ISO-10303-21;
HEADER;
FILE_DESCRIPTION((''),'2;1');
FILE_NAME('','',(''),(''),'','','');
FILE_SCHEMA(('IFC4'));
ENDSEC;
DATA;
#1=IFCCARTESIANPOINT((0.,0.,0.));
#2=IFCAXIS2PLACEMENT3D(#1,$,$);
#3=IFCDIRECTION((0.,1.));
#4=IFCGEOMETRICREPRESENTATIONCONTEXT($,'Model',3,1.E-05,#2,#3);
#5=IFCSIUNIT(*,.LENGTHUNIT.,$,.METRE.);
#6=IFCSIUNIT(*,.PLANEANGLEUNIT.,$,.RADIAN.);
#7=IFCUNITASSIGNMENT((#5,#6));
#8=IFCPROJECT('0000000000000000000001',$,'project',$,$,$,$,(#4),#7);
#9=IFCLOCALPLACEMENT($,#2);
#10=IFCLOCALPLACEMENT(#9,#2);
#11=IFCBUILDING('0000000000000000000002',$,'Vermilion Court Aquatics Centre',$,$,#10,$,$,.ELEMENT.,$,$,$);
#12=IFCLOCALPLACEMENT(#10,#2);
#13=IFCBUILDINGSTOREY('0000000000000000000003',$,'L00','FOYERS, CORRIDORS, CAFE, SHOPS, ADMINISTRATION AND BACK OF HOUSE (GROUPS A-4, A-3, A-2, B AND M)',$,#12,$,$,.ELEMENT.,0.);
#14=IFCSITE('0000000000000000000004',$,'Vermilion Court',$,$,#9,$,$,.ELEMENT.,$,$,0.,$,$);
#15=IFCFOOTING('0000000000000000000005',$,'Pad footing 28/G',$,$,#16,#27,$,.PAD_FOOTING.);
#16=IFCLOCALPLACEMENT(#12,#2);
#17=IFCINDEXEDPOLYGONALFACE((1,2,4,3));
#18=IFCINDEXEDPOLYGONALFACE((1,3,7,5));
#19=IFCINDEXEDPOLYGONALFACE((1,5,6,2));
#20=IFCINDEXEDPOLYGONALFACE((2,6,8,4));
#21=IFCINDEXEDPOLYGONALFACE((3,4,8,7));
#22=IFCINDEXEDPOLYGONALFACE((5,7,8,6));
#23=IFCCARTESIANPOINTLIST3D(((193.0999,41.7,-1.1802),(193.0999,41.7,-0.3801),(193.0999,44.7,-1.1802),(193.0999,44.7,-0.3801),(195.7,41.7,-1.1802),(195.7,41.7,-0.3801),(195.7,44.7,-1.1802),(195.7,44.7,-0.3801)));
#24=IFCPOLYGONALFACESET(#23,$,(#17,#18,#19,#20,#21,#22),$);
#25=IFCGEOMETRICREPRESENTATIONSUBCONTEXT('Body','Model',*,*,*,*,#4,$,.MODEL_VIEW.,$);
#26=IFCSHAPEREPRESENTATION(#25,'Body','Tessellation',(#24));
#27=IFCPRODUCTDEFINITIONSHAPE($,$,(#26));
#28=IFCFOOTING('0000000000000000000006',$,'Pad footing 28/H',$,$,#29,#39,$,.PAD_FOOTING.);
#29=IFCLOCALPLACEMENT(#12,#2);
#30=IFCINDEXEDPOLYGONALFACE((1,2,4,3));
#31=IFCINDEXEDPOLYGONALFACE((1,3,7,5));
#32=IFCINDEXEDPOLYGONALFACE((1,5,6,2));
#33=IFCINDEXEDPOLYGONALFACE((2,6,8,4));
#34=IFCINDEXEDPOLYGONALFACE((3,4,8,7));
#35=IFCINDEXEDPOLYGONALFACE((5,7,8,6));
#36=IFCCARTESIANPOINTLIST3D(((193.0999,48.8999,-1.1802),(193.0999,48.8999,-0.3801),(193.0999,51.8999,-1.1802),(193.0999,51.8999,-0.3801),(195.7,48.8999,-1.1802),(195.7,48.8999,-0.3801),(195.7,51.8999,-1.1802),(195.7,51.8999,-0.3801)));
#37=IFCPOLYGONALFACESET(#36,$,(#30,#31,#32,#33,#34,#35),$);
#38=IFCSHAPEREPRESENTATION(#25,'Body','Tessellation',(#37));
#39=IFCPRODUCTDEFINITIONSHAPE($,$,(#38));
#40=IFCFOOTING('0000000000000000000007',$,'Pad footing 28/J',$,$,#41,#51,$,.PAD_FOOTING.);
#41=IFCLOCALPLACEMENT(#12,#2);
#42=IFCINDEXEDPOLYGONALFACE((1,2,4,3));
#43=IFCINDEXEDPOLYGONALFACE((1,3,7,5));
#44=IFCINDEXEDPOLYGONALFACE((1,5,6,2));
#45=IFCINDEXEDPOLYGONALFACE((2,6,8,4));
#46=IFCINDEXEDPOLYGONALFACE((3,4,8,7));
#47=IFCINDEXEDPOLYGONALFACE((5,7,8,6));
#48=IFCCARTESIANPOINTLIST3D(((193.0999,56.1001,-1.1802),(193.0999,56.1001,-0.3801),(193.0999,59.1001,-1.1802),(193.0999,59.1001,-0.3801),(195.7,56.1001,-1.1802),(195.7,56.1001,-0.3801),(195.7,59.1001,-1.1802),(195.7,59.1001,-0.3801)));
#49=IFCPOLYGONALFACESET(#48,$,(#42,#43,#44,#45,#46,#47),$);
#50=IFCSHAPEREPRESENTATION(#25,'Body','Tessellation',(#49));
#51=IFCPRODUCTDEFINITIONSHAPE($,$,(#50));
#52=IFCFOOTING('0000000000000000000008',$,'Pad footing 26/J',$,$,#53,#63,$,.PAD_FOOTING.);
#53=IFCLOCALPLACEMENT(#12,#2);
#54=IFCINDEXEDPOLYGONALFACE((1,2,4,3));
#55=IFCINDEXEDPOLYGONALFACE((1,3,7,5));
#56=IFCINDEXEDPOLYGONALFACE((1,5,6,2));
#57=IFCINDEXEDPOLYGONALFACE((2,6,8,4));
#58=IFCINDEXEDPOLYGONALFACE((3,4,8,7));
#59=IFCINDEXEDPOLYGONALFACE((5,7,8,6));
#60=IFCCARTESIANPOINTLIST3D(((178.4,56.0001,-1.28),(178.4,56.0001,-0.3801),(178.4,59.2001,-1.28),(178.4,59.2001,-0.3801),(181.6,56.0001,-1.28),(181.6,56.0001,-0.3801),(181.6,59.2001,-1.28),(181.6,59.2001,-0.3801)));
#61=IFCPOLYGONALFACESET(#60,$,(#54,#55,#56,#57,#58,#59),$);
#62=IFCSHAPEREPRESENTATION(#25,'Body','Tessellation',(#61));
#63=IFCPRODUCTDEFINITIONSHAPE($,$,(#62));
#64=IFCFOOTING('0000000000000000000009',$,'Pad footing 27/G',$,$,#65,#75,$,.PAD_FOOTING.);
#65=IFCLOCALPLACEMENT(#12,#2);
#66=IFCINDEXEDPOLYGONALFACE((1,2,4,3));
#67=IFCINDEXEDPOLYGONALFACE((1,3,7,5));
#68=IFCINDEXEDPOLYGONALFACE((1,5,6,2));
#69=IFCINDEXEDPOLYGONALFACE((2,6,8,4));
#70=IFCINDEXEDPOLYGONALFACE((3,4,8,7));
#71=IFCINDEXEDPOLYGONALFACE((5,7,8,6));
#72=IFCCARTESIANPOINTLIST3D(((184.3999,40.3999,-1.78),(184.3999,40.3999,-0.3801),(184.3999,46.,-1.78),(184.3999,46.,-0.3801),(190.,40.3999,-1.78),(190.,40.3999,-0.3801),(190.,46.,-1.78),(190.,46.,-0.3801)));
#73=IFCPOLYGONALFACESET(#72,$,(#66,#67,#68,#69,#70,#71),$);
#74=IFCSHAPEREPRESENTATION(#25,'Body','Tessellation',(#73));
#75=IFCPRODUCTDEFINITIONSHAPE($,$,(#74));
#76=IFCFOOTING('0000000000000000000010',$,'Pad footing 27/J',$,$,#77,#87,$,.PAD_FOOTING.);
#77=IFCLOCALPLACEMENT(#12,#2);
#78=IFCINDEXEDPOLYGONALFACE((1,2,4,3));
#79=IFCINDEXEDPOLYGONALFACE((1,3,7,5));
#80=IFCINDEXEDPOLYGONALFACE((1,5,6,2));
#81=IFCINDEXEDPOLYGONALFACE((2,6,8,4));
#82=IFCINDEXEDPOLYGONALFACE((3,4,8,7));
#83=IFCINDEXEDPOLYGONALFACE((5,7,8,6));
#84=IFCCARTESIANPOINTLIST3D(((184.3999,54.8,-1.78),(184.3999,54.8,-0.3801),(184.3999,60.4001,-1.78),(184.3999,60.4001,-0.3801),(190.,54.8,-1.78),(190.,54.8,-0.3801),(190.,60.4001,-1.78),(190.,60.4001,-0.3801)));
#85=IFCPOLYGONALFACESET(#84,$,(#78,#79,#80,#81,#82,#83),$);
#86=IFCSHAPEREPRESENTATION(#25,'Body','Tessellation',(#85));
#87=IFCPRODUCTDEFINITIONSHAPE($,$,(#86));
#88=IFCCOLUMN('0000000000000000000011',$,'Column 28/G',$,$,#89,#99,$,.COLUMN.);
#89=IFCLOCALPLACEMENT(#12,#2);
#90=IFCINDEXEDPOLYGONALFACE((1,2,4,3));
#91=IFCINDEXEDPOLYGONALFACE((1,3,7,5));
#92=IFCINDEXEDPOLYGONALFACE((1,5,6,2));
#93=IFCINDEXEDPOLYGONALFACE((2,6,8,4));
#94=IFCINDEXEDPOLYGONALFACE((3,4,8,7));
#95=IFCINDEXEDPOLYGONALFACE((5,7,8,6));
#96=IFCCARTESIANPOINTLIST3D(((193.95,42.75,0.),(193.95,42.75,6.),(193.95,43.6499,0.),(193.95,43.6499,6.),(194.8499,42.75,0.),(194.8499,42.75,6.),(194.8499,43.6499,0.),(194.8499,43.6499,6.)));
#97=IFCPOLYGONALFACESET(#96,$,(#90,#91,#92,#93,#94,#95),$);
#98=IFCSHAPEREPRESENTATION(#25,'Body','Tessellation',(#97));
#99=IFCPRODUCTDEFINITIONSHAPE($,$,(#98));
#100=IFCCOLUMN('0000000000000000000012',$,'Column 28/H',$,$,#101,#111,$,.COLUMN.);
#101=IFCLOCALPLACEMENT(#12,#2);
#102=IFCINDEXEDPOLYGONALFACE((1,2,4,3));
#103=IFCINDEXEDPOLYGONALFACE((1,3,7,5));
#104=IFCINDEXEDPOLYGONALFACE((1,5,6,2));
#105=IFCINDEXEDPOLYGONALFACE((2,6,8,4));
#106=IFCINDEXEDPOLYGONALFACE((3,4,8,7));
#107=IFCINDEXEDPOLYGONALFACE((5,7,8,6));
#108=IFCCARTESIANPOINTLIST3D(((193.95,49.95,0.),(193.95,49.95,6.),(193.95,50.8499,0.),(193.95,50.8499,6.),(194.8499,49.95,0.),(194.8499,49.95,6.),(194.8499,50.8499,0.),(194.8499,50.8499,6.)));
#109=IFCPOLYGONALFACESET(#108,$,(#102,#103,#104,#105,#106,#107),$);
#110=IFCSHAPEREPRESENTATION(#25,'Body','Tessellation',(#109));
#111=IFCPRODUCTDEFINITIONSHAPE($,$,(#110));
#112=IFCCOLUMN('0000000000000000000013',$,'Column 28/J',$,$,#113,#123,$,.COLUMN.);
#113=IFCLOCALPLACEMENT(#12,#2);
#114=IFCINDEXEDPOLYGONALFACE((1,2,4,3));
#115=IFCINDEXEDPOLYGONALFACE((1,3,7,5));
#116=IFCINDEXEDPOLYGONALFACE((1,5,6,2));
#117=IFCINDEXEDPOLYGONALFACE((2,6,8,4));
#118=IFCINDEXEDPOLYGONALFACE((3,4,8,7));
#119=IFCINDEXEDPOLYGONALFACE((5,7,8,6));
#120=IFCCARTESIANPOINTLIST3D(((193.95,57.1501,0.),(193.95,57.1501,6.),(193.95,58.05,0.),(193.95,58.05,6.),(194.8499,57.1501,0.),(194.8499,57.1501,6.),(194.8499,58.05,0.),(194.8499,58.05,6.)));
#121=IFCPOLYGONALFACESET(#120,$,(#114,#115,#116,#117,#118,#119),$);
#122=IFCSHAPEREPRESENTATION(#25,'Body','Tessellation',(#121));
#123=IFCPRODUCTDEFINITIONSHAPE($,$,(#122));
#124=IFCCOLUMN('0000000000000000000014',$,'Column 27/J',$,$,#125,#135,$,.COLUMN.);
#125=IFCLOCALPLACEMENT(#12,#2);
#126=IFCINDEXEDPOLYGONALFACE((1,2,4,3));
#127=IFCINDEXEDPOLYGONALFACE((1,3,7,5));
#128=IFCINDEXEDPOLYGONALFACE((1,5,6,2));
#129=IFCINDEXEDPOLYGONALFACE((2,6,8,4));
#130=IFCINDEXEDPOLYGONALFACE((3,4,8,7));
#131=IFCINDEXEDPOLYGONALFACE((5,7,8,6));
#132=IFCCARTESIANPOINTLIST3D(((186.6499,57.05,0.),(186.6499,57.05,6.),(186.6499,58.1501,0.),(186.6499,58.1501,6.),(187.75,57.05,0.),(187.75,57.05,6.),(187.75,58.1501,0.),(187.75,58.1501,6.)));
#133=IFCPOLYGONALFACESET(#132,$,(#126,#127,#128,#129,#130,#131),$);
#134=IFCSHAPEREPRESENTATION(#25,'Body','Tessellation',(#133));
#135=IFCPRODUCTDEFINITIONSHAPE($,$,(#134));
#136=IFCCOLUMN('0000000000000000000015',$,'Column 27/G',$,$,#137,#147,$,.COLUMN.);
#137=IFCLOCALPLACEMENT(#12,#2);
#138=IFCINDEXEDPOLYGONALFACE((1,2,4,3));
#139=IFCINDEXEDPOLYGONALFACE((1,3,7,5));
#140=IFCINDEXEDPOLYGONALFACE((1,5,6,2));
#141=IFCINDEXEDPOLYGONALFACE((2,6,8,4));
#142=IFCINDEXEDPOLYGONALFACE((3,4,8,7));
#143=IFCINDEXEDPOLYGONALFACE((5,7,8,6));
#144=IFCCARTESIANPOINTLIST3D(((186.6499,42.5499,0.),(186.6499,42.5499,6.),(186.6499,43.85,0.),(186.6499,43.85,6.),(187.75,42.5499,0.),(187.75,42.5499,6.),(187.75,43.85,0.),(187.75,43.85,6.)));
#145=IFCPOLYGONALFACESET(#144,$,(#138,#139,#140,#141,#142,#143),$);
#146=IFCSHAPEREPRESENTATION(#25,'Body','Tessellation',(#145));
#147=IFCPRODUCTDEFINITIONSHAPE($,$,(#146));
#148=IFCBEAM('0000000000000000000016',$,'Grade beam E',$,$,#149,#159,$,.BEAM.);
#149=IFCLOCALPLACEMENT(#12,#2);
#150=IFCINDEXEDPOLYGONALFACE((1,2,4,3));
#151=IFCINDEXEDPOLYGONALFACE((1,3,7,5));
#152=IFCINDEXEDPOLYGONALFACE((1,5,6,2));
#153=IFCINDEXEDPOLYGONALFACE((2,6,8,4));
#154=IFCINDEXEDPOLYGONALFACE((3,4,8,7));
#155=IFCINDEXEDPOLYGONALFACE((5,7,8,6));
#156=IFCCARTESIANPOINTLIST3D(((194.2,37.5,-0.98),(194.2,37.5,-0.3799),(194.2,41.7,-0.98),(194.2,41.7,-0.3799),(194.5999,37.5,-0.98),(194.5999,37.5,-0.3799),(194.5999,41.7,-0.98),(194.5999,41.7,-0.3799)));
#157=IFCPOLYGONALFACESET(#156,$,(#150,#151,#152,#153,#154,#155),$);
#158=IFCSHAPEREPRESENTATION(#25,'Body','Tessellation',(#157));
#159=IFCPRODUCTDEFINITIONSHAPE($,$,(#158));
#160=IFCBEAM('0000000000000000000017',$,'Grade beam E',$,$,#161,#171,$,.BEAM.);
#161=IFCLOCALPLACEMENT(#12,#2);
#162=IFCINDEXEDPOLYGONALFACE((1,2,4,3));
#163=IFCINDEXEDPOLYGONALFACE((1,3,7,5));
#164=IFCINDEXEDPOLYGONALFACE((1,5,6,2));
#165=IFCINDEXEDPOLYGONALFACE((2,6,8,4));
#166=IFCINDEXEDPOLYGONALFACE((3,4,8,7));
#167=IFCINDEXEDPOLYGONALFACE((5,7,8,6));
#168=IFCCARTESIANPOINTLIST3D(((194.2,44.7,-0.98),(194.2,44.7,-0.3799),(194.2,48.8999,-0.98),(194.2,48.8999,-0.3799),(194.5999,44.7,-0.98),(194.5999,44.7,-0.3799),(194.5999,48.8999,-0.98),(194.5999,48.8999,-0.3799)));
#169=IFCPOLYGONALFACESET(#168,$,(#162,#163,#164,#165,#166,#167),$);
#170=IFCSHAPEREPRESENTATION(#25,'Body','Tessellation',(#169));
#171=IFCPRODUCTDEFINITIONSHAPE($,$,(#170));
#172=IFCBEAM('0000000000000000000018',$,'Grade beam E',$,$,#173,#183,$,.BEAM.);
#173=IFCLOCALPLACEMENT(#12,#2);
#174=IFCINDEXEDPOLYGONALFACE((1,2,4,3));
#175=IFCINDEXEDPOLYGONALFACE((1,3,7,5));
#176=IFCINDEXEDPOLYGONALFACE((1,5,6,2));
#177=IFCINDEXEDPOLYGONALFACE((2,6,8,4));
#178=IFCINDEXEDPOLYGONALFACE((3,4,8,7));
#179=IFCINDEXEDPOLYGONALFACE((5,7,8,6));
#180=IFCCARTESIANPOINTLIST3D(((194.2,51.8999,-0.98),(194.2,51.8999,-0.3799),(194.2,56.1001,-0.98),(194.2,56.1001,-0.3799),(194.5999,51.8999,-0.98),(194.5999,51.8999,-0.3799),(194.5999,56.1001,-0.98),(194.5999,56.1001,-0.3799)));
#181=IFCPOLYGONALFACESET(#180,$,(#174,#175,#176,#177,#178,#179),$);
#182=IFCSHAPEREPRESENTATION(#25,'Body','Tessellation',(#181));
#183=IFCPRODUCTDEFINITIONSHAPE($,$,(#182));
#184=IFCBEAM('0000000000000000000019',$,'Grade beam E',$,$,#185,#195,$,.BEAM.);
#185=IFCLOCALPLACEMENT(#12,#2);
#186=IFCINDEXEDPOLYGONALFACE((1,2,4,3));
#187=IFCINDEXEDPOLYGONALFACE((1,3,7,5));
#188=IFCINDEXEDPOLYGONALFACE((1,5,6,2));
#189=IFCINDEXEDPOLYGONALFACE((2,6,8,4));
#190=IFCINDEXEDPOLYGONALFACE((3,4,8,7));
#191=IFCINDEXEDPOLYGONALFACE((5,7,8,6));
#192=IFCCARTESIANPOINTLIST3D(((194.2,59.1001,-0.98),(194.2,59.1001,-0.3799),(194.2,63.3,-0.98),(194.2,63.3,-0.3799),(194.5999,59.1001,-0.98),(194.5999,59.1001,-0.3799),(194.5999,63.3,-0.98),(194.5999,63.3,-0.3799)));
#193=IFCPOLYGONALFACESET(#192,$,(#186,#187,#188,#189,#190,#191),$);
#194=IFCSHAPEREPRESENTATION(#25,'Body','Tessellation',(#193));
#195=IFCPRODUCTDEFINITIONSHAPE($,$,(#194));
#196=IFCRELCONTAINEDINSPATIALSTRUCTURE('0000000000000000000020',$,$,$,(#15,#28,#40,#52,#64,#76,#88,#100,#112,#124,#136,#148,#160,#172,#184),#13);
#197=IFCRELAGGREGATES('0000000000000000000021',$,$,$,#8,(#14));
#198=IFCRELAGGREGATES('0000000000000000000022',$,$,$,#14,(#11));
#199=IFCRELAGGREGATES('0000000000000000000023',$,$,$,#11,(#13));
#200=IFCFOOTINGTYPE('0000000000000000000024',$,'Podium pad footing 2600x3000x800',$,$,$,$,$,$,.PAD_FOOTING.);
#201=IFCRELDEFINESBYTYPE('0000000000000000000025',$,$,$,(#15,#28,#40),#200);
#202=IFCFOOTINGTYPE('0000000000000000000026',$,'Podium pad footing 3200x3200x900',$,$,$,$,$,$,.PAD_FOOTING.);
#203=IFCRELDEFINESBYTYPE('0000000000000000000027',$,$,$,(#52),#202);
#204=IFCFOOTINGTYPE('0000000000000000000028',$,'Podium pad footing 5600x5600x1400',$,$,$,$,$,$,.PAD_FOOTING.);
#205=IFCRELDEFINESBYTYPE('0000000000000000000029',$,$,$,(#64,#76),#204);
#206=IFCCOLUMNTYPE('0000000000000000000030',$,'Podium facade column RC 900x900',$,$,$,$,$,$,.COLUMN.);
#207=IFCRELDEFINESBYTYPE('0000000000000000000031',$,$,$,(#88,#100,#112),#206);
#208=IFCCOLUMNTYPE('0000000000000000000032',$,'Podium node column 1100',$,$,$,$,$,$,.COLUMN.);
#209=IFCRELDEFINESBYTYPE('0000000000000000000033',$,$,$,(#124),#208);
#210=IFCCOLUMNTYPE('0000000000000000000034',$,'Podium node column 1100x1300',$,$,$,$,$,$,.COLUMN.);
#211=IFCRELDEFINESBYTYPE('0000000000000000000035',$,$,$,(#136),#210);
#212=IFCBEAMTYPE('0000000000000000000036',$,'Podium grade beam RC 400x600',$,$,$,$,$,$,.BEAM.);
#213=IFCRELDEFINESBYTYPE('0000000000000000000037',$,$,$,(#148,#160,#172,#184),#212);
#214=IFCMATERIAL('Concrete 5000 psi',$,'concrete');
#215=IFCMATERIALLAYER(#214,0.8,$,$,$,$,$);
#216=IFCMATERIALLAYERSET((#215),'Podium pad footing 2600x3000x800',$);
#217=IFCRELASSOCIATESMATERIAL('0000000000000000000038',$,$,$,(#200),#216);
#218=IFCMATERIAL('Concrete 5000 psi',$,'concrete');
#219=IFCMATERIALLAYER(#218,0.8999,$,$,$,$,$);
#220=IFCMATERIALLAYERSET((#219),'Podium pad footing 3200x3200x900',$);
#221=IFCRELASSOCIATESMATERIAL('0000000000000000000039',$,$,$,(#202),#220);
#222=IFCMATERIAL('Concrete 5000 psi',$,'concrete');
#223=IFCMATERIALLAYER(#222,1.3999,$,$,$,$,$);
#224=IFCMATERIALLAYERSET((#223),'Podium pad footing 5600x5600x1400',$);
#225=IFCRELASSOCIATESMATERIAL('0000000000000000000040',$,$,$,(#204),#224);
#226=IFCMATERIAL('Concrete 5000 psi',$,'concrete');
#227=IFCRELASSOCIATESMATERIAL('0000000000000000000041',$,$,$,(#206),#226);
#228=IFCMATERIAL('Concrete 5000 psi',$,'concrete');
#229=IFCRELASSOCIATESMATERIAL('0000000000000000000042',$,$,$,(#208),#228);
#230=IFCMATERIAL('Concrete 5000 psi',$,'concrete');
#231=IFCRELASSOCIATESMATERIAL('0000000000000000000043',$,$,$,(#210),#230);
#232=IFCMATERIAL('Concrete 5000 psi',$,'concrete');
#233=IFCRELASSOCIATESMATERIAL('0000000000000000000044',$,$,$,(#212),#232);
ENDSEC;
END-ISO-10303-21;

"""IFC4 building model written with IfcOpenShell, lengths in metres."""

from ifc_helpers import new_model, si_unit, direction, frame, origin, origin_2d, place, context, subcontext, project, spatial, rectangle, extrude, material, layer, layer_set, material_profile, profile_set, type_object, element, save


model = new_model("IFC4")

# Units and contexts
model_context = context("Model", 3, precision=1e-05, world=origin(), true_north=direction((0.0, 1.0)))
body_context = subcontext(model_context, "Body", "Model", "MODEL_VIEW")
ifc_project = project(units=[si_unit("LENGTHUNIT", "METRE"), si_unit("PLANEANGLEUNIT", "RADIAN")], contexts=[model_context])

# Site, building, storey
site_placement = place(None, origin())
site = spatial("IfcSite", under=ifc_project, at=site_placement, Name="Vermilion Court", CompositionType="ELEMENT", RefElevation=0.0)
building_placement = place(site_placement, origin())
building = spatial("IfcBuilding", under=site, at=building_placement, Name="Vermilion Court Aquatics Centre", CompositionType="ELEMENT")
storey_placement = place(building_placement, origin())
storey = spatial("IfcBuildingStorey", under=building, at=storey_placement, Name="L00", Description="FOYERS, CORRIDORS, CAFE, SHOPS, ADMINISTRATION AND BACK OF HOUSE (GROUPS A-4, A-3, A-2, B AND M)", CompositionType="ELEMENT", Elevation=0.0)

# Footings
ifc_material_1 = material(Name="Concrete 5000 psi", Category="concrete")
ifc_layer_1 = layer(ifc_material_1, 0.8)
ifc_layer_set_1 = layer_set([ifc_layer_1], Name="Podium pad footing 2600x3000x800")
footing_type_1 = type_object("IfcFootingType", Name="Podium pad footing 2600x3000x800", PredefinedType="PAD_FOOTING", material=ifc_layer_set_1)
for number, where, z_axis, x_axis, name in (
    (1, (194.3999, 43.2, -1.1802), (0.0, 0.0, 1.0), (1.0, 0.0, 0.0), "Pad footing 28/G"),
    (2, (194.3999, 50.3999, -1.1802), (0.0, 0.0, 1.0), (1.0, 0.0, 0.0), "Pad footing 28/H"),
    (3, (194.3999, 57.6001, -1.1802), (0.0, 0.0, 1.0), (1.0, 0.0, 0.0), "Pad footing 28/J"),
):
    element("IfcFooting", number, at=place(storey_placement, frame(where, z_axis=z_axis, x_axis=x_axis)), inside=storey, type_object=footing_type_1, Name=name, PredefinedType="PAD_FOOTING", context=body_context, shape_type="SweptSolid", body=[
        extrude(rectangle(XDim=2.6001, YDim=3.0, at=origin_2d()), origin(), (0.0, 0.0, 1.0), 0.8),
    ])
ifc_material_2 = material(Name="Concrete 5000 psi", Category="concrete")
ifc_layer_2 = layer(ifc_material_2, 0.8999)
ifc_layer_set_2 = layer_set([ifc_layer_2], Name="Podium pad footing 3200x3200x900")
footing_type_2 = type_object("IfcFootingType", Name="Podium pad footing 3200x3200x900", PredefinedType="PAD_FOOTING", material=ifc_layer_set_2)
footing_placement = place(storey_placement, frame((180.0, 57.6001, -1.28), z_axis=(0.0, 0.0, 1.0), x_axis=(1.0, 0.0, 0.0)))
element("IfcFooting", 4, at=footing_placement, inside=storey, type_object=footing_type_2, Name="Pad footing 26/J", PredefinedType="PAD_FOOTING", context=body_context, shape_type="SweptSolid", body=[
    extrude(rectangle(XDim=3.2, YDim=3.2, at=origin_2d()), origin(), (0.0, 0.0, 1.0), 0.8999),
])
ifc_material_3 = material(Name="Concrete 5000 psi", Category="concrete")
ifc_layer_3 = layer(ifc_material_3, 1.3999)
ifc_layer_set_3 = layer_set([ifc_layer_3], Name="Podium pad footing 5600x5600x1400")
footing_type_3 = type_object("IfcFootingType", Name="Podium pad footing 5600x5600x1400", PredefinedType="PAD_FOOTING", material=ifc_layer_set_3)
for number, where, z_axis, x_axis, name in (
    (5, (187.2, 43.2, -1.78), (0.0, 0.0, 1.0), (1.0, 0.0, 0.0), "Pad footing 27/G"),
    (6, (187.2, 57.6001, -1.78), (0.0, 0.0, 1.0), (1.0, 0.0, 0.0), "Pad footing 27/J"),
):
    element("IfcFooting", number, at=place(storey_placement, frame(where, z_axis=z_axis, x_axis=x_axis)), inside=storey, type_object=footing_type_3, Name=name, PredefinedType="PAD_FOOTING", context=body_context, shape_type="SweptSolid", body=[
        extrude(rectangle(XDim=5.6001, YDim=5.6001, at=origin_2d()), origin(), (0.0, 0.0, 1.0), 1.3999),
    ])

# Columns
ifc_material_4 = material(Name="Concrete 5000 psi", Category="concrete")
ifc_material_profile_1 = material_profile(ifc_material_4, rectangle(XDim=0.8999, YDim=0.8999, at=origin_2d()), Name="RC 900x900")
ifc_profile_set_1 = profile_set([ifc_material_profile_1], Name="Concrete 5000 psi")
column_type_1 = type_object("IfcColumnType", Name="Podium facade column RC 900x900", PredefinedType="COLUMN", material=ifc_profile_set_1)
for number, where, z_axis, x_axis, name in (
    (7, (194.3999, 43.2, 0.0), (0.0, 0.0, 1.0), (1.0, 0.0, 0.0), "Column 28/G"),
    (8, (194.3999, 50.3999, 0.0), (0.0, 0.0, 1.0), (1.0, 0.0, 0.0), "Column 28/H"),
    (9, (194.3999, 57.6001, 0.0), (0.0, 0.0, 1.0), (1.0, 0.0, 0.0), "Column 28/J"),
):
    element("IfcColumn", number, at=place(storey_placement, frame(where, z_axis=z_axis, x_axis=x_axis)), inside=storey, type_object=column_type_1, Name=name, PredefinedType="COLUMN", context=body_context, shape_type="SweptSolid", body=[
        extrude(rectangle(XDim=0.8999, YDim=0.8999, at=origin_2d()), origin(), (0.0, 0.0, 1.0), 6.0),
    ])
ifc_material_5 = material(Name="Concrete 5000 psi", Category="concrete")
ifc_material_profile_2 = material_profile(ifc_material_5, rectangle(XDim=1.1001, YDim=1.1001, at=origin_2d()), Name="RC 1100x1100")
ifc_profile_set_2 = profile_set([ifc_material_profile_2], Name="Concrete 5000 psi")
column_type_2 = type_object("IfcColumnType", Name="Podium node column 1100", PredefinedType="COLUMN", material=ifc_profile_set_2)
column_1_placement = place(storey_placement, frame((187.2, 57.6001, 0.0), z_axis=(0.0, 0.0, 1.0), x_axis=(1.0, 0.0, 0.0)))
element("IfcColumn", 10, at=column_1_placement, inside=storey, type_object=column_type_2, Name="Column 27/J", PredefinedType="COLUMN", context=body_context, shape_type="SweptSolid", body=[
    extrude(rectangle(XDim=1.1001, YDim=1.1001, at=origin_2d()), origin(), (0.0, 0.0, 1.0), 6.0),
])
ifc_material_6 = material(Name="Concrete 5000 psi", Category="concrete")
ifc_material_profile_3 = material_profile(ifc_material_6, rectangle(XDim=1.1001, YDim=1.3, at=origin_2d()), Name="RC 1100x1300")
ifc_profile_set_3 = profile_set([ifc_material_profile_3], Name="Concrete 5000 psi")
column_type_3 = type_object("IfcColumnType", Name="Podium node column 1100x1300", PredefinedType="COLUMN", material=ifc_profile_set_3)
column_2_placement = place(storey_placement, frame((187.2, 43.2, 0.0), z_axis=(0.0, 0.0, 1.0), x_axis=(1.0, 0.0, 0.0)))
element("IfcColumn", 11, at=column_2_placement, inside=storey, type_object=column_type_3, Name="Column 27/G", PredefinedType="COLUMN", context=body_context, shape_type="SweptSolid", body=[
    extrude(rectangle(XDim=1.1001, YDim=1.3, at=origin_2d()), origin(), (0.0, 0.0, 1.0), 6.0),
])

# Beams
ifc_material_7 = material(Name="Concrete 5000 psi", Category="concrete")
ifc_material_profile_4 = material_profile(ifc_material_7, rectangle(XDim=0.3999, YDim=0.6001, at=origin_2d()), Name="RC 400x600")
ifc_profile_set_4 = profile_set([ifc_material_profile_4], Name="Concrete 5000 psi")
beam_type_1 = type_object("IfcBeamType", Name="Podium grade beam RC 400x600", PredefinedType="BEAM", material=ifc_profile_set_4)
for number, where, z_axis, x_axis, name in (
    (12, (194.3999, 37.5, -0.6799), (0.0, 1.0, 0.0), (-1.0, 0.0, 0.0), "Grade beam E"),
    (13, (194.3999, 44.7, -0.6799), (0.0, 1.0, 0.0), (-1.0, 0.0, 0.0), "Grade beam E"),
):
    element("IfcBeam", number, at=place(storey_placement, frame(where, z_axis=z_axis, x_axis=x_axis)), inside=storey, type_object=beam_type_1, Name=name, PredefinedType="BEAM", context=body_context, shape_type="SweptSolid", body=[
        extrude(rectangle(XDim=0.3999, YDim=0.6001, at=origin_2d()), origin(), (0.0, 0.0, 1.0), 4.2),
    ])
beam_1_placement = place(storey_placement, frame((194.3999, 51.8999, -0.6799), z_axis=(0.0, 1.0, 0.0), x_axis=(-1.0, 0.0, 0.0)))
element("IfcBeam", 14, at=beam_1_placement, inside=storey, type_object=beam_type_1, Name="Grade beam E", PredefinedType="BEAM", context=body_context, shape_type="SweptSolid", body=[
    extrude(rectangle(XDim=0.3999, YDim=0.6001, at=origin_2d()), origin(), (0.0, 0.0, 1.0), 4.2002),
])
beam_2_placement = place(storey_placement, frame((194.3999, 59.1001, -0.6799), z_axis=(0.0, 1.0, 0.0), x_axis=(-1.0, 0.0, 0.0)))
element("IfcBeam", 15, at=beam_2_placement, inside=storey, type_object=beam_type_1, Name="Grade beam E", PredefinedType="BEAM", context=body_context, shape_type="SweptSolid", body=[
    extrude(rectangle(XDim=0.3999, YDim=0.6001, at=origin_2d()), origin(), (0.0, 0.0, 1.0), 4.2),
])

save(model, "model.ifc")
